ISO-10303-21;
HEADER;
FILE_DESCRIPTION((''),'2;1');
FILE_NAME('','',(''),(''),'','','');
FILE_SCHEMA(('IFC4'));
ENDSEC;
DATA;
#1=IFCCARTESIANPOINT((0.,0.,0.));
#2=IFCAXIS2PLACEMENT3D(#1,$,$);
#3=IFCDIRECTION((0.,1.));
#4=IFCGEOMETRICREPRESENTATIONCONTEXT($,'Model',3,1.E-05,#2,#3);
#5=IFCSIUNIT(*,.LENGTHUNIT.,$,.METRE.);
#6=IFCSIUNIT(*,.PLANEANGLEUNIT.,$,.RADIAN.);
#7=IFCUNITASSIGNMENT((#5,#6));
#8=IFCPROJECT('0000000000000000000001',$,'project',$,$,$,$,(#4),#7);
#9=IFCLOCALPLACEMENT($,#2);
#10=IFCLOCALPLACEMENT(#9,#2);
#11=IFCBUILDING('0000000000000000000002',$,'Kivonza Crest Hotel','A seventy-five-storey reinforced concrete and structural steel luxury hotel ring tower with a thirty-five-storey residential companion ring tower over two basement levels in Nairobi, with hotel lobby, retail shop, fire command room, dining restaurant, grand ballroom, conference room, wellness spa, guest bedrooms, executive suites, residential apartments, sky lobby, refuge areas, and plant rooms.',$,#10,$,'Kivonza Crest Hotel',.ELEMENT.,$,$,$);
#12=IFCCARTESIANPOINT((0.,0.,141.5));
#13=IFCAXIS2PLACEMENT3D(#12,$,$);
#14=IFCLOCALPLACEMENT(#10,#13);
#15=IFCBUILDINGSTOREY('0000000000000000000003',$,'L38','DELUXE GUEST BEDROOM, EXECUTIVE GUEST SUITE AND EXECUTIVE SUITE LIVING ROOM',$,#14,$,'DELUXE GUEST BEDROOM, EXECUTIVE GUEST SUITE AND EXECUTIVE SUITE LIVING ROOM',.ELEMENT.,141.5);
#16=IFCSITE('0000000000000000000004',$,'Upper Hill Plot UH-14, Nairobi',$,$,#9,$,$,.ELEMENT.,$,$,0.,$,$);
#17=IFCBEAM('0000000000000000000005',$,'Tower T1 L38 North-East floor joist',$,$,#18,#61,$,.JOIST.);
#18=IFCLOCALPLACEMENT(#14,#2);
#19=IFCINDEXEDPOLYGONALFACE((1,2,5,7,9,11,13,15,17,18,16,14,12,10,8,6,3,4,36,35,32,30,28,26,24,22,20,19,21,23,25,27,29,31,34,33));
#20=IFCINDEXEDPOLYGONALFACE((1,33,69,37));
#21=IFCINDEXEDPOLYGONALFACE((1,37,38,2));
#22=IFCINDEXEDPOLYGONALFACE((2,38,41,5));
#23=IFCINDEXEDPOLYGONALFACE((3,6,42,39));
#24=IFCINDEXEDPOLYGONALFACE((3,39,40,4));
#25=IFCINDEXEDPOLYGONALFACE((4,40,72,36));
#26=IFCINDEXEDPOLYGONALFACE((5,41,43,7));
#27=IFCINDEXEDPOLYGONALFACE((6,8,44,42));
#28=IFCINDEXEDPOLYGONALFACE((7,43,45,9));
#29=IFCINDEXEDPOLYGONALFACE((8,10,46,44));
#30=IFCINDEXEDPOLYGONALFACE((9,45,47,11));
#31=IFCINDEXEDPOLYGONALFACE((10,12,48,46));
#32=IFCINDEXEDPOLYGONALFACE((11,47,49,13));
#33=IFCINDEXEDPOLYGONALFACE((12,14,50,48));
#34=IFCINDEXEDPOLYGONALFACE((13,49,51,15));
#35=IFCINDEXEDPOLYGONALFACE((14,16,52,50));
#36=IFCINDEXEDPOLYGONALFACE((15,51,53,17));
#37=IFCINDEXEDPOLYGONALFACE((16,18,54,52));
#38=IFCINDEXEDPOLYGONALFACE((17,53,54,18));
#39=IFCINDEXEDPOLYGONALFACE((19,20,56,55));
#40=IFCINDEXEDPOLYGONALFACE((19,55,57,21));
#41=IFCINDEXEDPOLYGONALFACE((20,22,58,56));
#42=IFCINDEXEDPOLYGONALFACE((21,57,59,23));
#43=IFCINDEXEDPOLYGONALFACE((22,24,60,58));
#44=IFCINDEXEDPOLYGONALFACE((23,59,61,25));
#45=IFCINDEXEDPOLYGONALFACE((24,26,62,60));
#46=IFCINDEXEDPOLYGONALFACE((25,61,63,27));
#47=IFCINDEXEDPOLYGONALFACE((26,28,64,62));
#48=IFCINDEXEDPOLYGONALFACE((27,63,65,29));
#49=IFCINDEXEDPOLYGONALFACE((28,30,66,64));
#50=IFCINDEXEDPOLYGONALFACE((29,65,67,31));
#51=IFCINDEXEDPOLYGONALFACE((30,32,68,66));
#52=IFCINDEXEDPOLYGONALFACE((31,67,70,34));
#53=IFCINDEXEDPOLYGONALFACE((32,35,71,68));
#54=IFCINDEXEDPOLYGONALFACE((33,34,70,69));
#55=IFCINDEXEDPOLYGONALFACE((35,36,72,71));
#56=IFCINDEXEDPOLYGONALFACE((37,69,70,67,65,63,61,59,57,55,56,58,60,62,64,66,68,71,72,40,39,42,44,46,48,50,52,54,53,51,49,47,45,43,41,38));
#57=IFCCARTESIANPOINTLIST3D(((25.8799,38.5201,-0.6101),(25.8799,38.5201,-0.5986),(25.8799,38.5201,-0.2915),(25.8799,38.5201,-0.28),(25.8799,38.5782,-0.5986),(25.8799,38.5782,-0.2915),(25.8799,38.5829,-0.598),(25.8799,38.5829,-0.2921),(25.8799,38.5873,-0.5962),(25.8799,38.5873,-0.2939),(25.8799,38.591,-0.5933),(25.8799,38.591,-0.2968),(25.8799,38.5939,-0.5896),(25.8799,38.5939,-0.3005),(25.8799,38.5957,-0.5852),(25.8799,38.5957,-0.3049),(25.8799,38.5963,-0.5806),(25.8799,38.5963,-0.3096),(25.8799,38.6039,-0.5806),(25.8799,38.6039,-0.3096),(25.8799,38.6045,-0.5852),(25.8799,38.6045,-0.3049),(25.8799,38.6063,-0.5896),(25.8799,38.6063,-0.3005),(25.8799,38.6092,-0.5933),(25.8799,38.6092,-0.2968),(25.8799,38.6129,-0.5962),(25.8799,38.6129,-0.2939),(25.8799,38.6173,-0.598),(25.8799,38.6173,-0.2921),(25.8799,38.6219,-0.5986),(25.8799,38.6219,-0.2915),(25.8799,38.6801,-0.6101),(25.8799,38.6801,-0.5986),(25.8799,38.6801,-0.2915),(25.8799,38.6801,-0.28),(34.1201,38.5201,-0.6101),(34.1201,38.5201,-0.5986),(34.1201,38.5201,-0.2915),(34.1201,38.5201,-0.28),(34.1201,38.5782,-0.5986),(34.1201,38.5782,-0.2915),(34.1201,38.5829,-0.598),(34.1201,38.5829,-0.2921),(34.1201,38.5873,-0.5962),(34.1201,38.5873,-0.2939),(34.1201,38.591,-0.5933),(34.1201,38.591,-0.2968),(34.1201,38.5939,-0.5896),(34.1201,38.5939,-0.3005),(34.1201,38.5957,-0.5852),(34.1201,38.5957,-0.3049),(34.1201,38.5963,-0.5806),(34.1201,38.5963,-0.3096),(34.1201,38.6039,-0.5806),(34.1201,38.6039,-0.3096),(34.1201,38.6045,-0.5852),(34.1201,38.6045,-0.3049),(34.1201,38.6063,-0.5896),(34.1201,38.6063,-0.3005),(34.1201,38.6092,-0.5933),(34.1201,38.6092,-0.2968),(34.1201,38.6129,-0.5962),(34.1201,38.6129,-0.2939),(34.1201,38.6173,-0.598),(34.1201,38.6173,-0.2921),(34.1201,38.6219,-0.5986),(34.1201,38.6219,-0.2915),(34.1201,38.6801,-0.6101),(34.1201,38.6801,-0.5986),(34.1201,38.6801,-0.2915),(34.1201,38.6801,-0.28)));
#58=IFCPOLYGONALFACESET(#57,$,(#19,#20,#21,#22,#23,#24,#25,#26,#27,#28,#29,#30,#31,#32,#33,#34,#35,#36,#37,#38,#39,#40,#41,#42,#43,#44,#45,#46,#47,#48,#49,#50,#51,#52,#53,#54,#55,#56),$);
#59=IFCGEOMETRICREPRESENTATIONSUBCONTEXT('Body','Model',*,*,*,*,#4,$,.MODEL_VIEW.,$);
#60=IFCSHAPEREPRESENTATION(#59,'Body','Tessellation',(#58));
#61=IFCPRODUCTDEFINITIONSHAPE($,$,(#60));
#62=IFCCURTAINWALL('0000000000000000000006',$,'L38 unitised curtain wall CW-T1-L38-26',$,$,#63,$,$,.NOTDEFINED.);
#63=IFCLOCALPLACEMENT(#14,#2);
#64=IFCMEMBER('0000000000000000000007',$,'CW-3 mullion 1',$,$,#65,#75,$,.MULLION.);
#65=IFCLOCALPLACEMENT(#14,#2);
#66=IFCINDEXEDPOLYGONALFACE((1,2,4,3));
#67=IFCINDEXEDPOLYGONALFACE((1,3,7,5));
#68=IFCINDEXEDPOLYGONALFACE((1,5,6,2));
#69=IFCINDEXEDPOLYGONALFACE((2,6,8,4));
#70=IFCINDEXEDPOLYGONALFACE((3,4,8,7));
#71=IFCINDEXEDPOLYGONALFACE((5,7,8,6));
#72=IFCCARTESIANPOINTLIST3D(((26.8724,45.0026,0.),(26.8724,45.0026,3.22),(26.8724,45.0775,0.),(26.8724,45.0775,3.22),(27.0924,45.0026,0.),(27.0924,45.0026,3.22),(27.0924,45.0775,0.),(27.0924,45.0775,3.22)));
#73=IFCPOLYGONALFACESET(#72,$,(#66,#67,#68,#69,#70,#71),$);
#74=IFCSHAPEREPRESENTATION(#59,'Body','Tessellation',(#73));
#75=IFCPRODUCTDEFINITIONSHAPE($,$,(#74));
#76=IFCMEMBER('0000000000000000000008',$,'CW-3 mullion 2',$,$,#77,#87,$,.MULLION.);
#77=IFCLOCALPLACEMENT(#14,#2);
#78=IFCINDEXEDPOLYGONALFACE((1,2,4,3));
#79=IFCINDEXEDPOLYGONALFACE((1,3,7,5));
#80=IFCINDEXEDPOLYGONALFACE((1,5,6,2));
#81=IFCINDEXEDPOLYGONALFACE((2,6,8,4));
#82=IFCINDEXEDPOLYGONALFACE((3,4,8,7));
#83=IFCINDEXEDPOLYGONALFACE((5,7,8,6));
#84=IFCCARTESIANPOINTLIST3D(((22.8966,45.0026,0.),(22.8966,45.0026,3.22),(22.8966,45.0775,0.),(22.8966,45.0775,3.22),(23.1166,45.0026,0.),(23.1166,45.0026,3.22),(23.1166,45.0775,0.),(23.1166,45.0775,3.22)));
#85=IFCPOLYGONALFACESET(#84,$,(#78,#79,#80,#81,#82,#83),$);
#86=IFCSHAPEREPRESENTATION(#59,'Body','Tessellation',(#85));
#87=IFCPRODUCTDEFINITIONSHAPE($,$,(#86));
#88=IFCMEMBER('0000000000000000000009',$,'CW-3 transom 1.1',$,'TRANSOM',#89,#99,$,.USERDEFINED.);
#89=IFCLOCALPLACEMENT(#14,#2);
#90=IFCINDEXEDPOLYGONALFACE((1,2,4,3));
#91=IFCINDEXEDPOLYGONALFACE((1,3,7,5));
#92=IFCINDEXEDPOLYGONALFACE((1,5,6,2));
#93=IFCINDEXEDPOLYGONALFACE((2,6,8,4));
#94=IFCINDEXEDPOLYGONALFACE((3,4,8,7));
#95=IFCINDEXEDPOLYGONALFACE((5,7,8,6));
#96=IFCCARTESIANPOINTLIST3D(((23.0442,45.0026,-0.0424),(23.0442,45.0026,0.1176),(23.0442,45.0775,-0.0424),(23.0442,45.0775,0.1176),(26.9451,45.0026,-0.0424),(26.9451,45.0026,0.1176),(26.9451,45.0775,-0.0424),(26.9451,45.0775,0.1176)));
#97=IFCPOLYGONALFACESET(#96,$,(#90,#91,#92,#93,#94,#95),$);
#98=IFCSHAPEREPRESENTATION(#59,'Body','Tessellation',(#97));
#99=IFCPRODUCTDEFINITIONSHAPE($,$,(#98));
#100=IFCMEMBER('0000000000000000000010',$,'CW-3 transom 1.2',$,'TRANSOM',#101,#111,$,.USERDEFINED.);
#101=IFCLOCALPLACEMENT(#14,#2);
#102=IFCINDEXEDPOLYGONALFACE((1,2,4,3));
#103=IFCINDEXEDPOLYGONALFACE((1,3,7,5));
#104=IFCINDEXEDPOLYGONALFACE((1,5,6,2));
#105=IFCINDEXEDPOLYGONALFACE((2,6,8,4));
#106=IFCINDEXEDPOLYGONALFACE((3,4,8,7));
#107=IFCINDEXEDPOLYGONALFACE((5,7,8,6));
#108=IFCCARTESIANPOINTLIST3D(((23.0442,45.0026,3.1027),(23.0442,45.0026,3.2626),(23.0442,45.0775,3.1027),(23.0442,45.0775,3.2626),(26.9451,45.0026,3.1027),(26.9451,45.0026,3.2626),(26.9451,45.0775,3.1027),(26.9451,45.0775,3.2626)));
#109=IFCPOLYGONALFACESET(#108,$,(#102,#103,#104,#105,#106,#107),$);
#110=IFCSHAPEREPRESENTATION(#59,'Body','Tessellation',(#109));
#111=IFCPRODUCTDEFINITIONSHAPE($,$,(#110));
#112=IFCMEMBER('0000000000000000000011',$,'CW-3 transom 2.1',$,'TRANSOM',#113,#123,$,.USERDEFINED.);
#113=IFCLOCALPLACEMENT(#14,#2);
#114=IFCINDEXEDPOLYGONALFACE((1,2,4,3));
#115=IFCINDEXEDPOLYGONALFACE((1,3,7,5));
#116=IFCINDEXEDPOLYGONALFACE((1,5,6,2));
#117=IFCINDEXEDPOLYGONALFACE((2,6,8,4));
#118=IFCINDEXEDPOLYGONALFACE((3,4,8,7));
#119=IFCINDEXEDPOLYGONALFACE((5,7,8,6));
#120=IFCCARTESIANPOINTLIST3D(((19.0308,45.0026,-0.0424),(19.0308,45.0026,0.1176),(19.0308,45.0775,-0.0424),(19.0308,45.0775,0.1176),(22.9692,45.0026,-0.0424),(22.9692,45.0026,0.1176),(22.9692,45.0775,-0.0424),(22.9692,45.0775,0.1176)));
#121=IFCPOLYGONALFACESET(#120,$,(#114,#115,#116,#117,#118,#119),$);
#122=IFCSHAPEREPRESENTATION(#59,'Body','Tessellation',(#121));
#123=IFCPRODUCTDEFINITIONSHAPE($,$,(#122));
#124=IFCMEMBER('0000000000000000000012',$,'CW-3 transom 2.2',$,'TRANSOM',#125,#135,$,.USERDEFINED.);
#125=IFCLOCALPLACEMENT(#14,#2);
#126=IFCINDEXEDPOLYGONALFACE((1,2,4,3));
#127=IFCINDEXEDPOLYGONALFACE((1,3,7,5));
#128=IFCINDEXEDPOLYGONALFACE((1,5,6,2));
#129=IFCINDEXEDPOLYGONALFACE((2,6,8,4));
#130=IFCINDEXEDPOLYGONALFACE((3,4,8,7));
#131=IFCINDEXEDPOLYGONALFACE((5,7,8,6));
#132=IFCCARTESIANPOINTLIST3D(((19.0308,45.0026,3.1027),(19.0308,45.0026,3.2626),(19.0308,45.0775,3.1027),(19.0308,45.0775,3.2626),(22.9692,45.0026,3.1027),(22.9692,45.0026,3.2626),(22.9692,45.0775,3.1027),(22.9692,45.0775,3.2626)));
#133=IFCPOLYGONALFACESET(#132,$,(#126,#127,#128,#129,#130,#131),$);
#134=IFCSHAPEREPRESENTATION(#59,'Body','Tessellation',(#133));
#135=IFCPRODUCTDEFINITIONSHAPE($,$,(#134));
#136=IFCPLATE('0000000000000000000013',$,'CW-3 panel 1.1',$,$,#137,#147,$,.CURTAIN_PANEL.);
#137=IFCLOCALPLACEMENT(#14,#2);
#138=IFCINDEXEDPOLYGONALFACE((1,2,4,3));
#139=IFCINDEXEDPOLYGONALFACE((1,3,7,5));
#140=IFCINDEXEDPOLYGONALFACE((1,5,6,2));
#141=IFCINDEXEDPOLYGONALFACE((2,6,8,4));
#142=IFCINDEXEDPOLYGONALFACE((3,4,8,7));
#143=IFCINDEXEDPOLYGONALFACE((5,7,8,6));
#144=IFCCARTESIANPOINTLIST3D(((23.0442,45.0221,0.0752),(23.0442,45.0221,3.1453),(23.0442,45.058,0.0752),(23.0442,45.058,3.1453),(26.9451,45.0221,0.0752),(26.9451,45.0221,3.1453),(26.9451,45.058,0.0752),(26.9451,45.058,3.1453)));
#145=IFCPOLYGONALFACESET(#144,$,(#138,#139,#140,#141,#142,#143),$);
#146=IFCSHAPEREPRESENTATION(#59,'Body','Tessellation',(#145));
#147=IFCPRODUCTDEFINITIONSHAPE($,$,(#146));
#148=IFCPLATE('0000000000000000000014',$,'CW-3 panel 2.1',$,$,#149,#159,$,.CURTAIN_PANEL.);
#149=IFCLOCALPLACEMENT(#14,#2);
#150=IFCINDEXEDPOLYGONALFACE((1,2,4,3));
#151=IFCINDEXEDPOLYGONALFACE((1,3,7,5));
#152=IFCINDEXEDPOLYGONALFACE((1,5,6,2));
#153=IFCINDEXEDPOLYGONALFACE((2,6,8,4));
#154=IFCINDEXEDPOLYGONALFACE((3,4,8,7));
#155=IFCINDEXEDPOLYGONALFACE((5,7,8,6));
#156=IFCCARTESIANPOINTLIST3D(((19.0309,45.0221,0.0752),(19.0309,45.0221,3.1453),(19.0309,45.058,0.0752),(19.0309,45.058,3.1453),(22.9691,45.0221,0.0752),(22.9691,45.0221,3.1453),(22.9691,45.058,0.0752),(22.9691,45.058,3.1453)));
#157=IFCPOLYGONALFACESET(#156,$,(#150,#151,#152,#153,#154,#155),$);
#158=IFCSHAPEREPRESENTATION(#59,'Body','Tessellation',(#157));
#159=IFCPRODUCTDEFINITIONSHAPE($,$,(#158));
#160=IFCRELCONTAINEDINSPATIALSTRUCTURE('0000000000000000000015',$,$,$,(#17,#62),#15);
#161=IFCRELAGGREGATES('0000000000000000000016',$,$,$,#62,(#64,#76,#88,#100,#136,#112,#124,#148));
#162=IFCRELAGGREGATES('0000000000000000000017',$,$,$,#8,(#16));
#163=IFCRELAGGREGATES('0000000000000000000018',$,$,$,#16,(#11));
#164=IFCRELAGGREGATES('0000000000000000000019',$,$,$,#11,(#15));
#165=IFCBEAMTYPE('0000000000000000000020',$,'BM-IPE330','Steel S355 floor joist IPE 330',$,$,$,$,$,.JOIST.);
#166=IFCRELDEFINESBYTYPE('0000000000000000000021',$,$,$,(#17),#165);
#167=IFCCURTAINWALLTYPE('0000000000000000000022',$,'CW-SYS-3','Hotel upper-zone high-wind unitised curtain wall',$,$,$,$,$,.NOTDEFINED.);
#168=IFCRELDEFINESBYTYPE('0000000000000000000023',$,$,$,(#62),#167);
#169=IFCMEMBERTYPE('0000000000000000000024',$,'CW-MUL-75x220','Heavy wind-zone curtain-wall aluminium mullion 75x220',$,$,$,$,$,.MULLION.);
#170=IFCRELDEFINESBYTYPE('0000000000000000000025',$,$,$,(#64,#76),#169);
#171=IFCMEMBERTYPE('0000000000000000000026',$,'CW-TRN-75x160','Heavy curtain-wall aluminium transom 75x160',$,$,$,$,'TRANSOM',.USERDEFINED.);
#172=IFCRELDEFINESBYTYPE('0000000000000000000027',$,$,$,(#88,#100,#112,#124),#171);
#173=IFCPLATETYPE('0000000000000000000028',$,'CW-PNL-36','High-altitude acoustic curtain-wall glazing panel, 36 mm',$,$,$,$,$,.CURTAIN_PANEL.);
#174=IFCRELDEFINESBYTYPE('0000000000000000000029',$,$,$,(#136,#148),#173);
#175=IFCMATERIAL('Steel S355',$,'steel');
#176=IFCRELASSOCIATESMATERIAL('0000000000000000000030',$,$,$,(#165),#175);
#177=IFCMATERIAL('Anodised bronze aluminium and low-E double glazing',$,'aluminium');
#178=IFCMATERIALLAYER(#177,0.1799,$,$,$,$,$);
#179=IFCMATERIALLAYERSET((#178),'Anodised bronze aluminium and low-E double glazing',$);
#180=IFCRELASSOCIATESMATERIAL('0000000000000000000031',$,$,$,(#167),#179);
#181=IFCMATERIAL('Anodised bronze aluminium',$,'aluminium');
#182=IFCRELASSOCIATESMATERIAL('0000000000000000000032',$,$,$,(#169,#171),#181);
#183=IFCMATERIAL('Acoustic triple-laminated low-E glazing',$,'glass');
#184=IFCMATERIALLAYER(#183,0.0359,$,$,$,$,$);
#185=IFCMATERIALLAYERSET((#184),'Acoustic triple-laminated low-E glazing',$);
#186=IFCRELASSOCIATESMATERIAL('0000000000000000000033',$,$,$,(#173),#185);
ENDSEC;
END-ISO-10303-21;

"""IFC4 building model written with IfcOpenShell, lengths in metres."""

from ifc_helpers import new_model, si_unit, direction, frame, origin, origin_2d, place, context, subcontext, project, spatial, rectangle, i_section, extrude, material, layer, layer_set, material_profile, profile_set, type_object, element, aggregate, save


model = new_model("IFC4")

# Units and contexts
model_context = context("Model", 3, precision=1e-05, world=origin(), true_north=direction((0.0, 1.0)))
body_context = subcontext(model_context, "Body", "Model", "MODEL_VIEW")
ifc_project = project(units=[si_unit("LENGTHUNIT", "METRE"), si_unit("PLANEANGLEUNIT", "RADIAN")], contexts=[model_context])

# Site, building, storey
site_placement = place(None, origin())
site = spatial("IfcSite", under=ifc_project, at=site_placement, Name="Upper Hill Plot UH-14, Nairobi", CompositionType="ELEMENT", RefElevation=0.0)
building_placement = place(site_placement, origin())
building = spatial("IfcBuilding", under=site, at=building_placement, Name="Kivonza Crest Hotel", Description="A seventy-five-storey reinforced concrete and structural steel luxury hotel ring tower with a thirty-five-storey residential companion ring tower over two basement levels in Nairobi, with hotel lobby, retail shop, fire command room, dining restaurant, grand ballroom, conference room, wellness spa, guest bedrooms, executive suites, residential apartments, sky lobby, refuge areas, and plant rooms.", LongName="Kivonza Crest Hotel", CompositionType="ELEMENT")
storey_placement = place(building_placement, frame((0.0, 0.0, 141.5)))
storey = spatial("IfcBuildingStorey", under=building, at=storey_placement, Name="L38", Description="DELUXE GUEST BEDROOM, EXECUTIVE GUEST SUITE AND EXECUTIVE SUITE LIVING ROOM", LongName="DELUXE GUEST BEDROOM, EXECUTIVE GUEST SUITE AND EXECUTIVE SUITE LIVING ROOM", CompositionType="ELEMENT", Elevation=141.5)

# Beam
ifc_material_1 = material(Name="Steel S355", Category="steel")
ifc_material_profile_1 = material_profile(ifc_material_1, i_section(OverallWidth=0.1599, OverallDepth=0.3301, WebThickness=0.0076, FlangeThickness=0.0115, FilletRadius=0.0181, at=origin_2d()), Name="IPE 330")
ifc_profile_set_1 = profile_set([ifc_material_profile_1], Name="Steel S355")
beam_type_1 = type_object("IfcBeamType", Name="BM-IPE330", Description="Steel S355 floor joist IPE 330", PredefinedType="JOIST", material=ifc_profile_set_1)
beam_1_placement = place(storey_placement, frame((25.8799, 38.6001, -0.4451), z_axis=(1.0, 0.0, 0.0), x_axis=(0.0, 1.0, 0.0)))
element("IfcBeam", 1, at=beam_1_placement, inside=storey, type_object=beam_type_1, Name="Tower T1 L38 North-East floor joist", PredefinedType="JOIST", context=body_context, shape_type="SweptSolid", body=[
    extrude(i_section(OverallWidth=0.1599, OverallDepth=0.3301, WebThickness=0.0076, FlangeThickness=0.0115, FilletRadius=0.0181, at=origin_2d()), origin(), (0.0, 0.0, 1.0), 8.2402),
])

# Curtain wall, members, plates
ifc_material_2 = material(Name="Anodised bronze aluminium and low-E double glazing", Category="aluminium")
ifc_layer_1 = layer(ifc_material_2, 0.1799)
ifc_layer_set_1 = layer_set([ifc_layer_1], Name="Anodised bronze aluminium and low-E double glazing")
curtain_wall_type = type_object("IfcCurtainWallType", Name="CW-SYS-3", Description="Hotel upper-zone high-wind unitised curtain wall", PredefinedType="NOTDEFINED", material=ifc_layer_set_1)
curtain_wall_placement = place(storey_placement, origin())
curtain_wall = element("IfcCurtainWall", 2, at=curtain_wall_placement, inside=storey, type_object=curtain_wall_type, Name="L38 unitised curtain wall CW-T1-L38-26", PredefinedType="NOTDEFINED")
ifc_material_3 = material(Name="Anodised bronze aluminium", Category="aluminium")
ifc_material_profile_2 = material_profile(ifc_material_3, rectangle(XDim=0.075, YDim=0.22, at=origin_2d()), Name="CW-M 75x220")
ifc_profile_set_2 = profile_set([ifc_material_profile_2], Name="Anodised bronze aluminium")
member_type_1 = type_object("IfcMemberType", Name="CW-MUL-75x220", Description="Heavy wind-zone curtain-wall aluminium mullion 75x220", PredefinedType="MULLION", material=ifc_profile_set_2)
member_1_placement = place(storey_placement, frame((26.9824, 45.04, 0.0), z_axis=(0.0, 0.0, 1.0), x_axis=(0.0, -1.0, 0.0)))
member_1 = element("IfcMember", 3, at=member_1_placement, type_object=member_type_1, Name="CW-3 mullion 1", PredefinedType="MULLION", context=body_context, shape_type="SweptSolid", body=[
    extrude(rectangle(XDim=0.075, YDim=0.22, at=origin_2d()), origin(), (0.0, 0.0, 1.0), 3.22),
])
member_2_placement = place(storey_placement, frame((23.0066, 45.04, 0.0), z_axis=(0.0, 0.0, 1.0), x_axis=(0.0, -1.0, 0.0)))
member_2 = element("IfcMember", 4, at=member_2_placement, type_object=member_type_1, Name="CW-3 mullion 2", PredefinedType="MULLION", context=body_context, shape_type="SweptSolid", body=[
    extrude(rectangle(XDim=0.075, YDim=0.22, at=origin_2d()), origin(), (0.0, 0.0, 1.0), 3.22),
])
ifc_material_profile_3 = material_profile(ifc_material_3, rectangle(XDim=0.075, YDim=0.1599, at=origin_2d()), Name="CW-T 75x160")
ifc_profile_set_3 = profile_set([ifc_material_profile_3], Name="Anodised bronze aluminium")
member_type_2 = type_object("IfcMemberType", Name="CW-TRN-75x160", Description="Heavy curtain-wall aluminium transom 75x160", ElementType="TRANSOM", PredefinedType="USERDEFINED", material=ifc_profile_set_3)
member_3_placement = place(storey_placement, frame((26.9451, 45.04, 0.0376), z_axis=(-1.0, 0.0, 0.0), x_axis=(0.0, -1.0, 0.0)))
member_3 = element("IfcMember", 5, at=member_3_placement, type_object=member_type_2, Name="CW-3 transom 1.1", ObjectType="TRANSOM", PredefinedType="USERDEFINED", context=body_context, shape_type="SweptSolid", body=[
    extrude(rectangle(XDim=0.075, YDim=0.1599, at=origin_2d()), origin(), (0.0, 0.0, 1.0), 3.9009),
])
member_4_placement = place(storey_placement, frame((26.9451, 45.04, 3.1826), z_axis=(-1.0, 0.0, 0.0), x_axis=(0.0, -1.0, 0.0)))
member_4 = element("IfcMember", 6, at=member_4_placement, type_object=member_type_2, Name="CW-3 transom 1.2", ObjectType="TRANSOM", PredefinedType="USERDEFINED", context=body_context, shape_type="SweptSolid", body=[
    extrude(rectangle(XDim=0.075, YDim=0.1599, at=origin_2d()), origin(), (0.0, 0.0, 1.0), 3.9009),
])
member_5_placement = place(storey_placement, frame((22.9692, 45.04, 0.0376), z_axis=(-1.0, 0.0, 0.0), x_axis=(0.0, -1.0, 0.0)))
member_5 = element("IfcMember", 7, at=member_5_placement, type_object=member_type_2, Name="CW-3 transom 2.1", ObjectType="TRANSOM", PredefinedType="USERDEFINED", context=body_context, shape_type="SweptSolid", body=[
    extrude(rectangle(XDim=0.075, YDim=0.1599, at=origin_2d()), origin(), (0.0, 0.0, 1.0), 3.9385),
])
member_6_placement = place(storey_placement, frame((22.9692, 45.04, 3.1826), z_axis=(-1.0, 0.0, 0.0), x_axis=(0.0, -1.0, 0.0)))
member_6 = element("IfcMember", 8, at=member_6_placement, type_object=member_type_2, Name="CW-3 transom 2.2", ObjectType="TRANSOM", PredefinedType="USERDEFINED", context=body_context, shape_type="SweptSolid", body=[
    extrude(rectangle(XDim=0.075, YDim=0.1599, at=origin_2d()), origin(), (0.0, 0.0, 1.0), 3.9385),
])
ifc_material_4 = material(Name="Acoustic triple-laminated low-E glazing", Category="glass")
ifc_layer_2 = layer(ifc_material_4, 0.0359)
ifc_layer_set_2 = layer_set([ifc_layer_2], Name="Acoustic triple-laminated low-E glazing")
plate_type = type_object("IfcPlateType", Name="CW-PNL-36", Description="High-altitude acoustic curtain-wall glazing panel, 36 mm", PredefinedType="CURTAIN_PANEL", material=ifc_layer_set_2)
plate_1_placement = place(storey_placement, frame((24.9946, 45.04, 0.0752), z_axis=(0.0, 0.0, 1.0), x_axis=(-1.0, 0.0, 0.0)))
plate_1 = element("IfcPlate", 9, at=plate_1_placement, type_object=plate_type, Name="CW-3 panel 1.1", PredefinedType="CURTAIN_PANEL", context=body_context, shape_type="SweptSolid", body=[
    extrude(rectangle(XDim=3.9009, YDim=0.0359, at=origin_2d()), origin(), (0.0, 0.0, 1.0), 3.0701),
])
plate_2_placement = place(storey_placement, frame((21.0, 45.04, 0.0752), z_axis=(0.0, 0.0, 1.0), x_axis=(-1.0, 0.0, 0.0)))
plate_2 = element("IfcPlate", 10, at=plate_2_placement, type_object=plate_type, Name="CW-3 panel 2.1", PredefinedType="CURTAIN_PANEL", context=body_context, shape_type="SweptSolid", body=[
    extrude(rectangle(XDim=3.9382, YDim=0.0359, at=origin_2d()), origin(), (0.0, 0.0, 1.0), 3.0701),
])
aggregate(curtain_wall, [member_1, member_2, member_3, member_4, plate_1, member_5, member_6, plate_2])

save(model, "model.ifc")
